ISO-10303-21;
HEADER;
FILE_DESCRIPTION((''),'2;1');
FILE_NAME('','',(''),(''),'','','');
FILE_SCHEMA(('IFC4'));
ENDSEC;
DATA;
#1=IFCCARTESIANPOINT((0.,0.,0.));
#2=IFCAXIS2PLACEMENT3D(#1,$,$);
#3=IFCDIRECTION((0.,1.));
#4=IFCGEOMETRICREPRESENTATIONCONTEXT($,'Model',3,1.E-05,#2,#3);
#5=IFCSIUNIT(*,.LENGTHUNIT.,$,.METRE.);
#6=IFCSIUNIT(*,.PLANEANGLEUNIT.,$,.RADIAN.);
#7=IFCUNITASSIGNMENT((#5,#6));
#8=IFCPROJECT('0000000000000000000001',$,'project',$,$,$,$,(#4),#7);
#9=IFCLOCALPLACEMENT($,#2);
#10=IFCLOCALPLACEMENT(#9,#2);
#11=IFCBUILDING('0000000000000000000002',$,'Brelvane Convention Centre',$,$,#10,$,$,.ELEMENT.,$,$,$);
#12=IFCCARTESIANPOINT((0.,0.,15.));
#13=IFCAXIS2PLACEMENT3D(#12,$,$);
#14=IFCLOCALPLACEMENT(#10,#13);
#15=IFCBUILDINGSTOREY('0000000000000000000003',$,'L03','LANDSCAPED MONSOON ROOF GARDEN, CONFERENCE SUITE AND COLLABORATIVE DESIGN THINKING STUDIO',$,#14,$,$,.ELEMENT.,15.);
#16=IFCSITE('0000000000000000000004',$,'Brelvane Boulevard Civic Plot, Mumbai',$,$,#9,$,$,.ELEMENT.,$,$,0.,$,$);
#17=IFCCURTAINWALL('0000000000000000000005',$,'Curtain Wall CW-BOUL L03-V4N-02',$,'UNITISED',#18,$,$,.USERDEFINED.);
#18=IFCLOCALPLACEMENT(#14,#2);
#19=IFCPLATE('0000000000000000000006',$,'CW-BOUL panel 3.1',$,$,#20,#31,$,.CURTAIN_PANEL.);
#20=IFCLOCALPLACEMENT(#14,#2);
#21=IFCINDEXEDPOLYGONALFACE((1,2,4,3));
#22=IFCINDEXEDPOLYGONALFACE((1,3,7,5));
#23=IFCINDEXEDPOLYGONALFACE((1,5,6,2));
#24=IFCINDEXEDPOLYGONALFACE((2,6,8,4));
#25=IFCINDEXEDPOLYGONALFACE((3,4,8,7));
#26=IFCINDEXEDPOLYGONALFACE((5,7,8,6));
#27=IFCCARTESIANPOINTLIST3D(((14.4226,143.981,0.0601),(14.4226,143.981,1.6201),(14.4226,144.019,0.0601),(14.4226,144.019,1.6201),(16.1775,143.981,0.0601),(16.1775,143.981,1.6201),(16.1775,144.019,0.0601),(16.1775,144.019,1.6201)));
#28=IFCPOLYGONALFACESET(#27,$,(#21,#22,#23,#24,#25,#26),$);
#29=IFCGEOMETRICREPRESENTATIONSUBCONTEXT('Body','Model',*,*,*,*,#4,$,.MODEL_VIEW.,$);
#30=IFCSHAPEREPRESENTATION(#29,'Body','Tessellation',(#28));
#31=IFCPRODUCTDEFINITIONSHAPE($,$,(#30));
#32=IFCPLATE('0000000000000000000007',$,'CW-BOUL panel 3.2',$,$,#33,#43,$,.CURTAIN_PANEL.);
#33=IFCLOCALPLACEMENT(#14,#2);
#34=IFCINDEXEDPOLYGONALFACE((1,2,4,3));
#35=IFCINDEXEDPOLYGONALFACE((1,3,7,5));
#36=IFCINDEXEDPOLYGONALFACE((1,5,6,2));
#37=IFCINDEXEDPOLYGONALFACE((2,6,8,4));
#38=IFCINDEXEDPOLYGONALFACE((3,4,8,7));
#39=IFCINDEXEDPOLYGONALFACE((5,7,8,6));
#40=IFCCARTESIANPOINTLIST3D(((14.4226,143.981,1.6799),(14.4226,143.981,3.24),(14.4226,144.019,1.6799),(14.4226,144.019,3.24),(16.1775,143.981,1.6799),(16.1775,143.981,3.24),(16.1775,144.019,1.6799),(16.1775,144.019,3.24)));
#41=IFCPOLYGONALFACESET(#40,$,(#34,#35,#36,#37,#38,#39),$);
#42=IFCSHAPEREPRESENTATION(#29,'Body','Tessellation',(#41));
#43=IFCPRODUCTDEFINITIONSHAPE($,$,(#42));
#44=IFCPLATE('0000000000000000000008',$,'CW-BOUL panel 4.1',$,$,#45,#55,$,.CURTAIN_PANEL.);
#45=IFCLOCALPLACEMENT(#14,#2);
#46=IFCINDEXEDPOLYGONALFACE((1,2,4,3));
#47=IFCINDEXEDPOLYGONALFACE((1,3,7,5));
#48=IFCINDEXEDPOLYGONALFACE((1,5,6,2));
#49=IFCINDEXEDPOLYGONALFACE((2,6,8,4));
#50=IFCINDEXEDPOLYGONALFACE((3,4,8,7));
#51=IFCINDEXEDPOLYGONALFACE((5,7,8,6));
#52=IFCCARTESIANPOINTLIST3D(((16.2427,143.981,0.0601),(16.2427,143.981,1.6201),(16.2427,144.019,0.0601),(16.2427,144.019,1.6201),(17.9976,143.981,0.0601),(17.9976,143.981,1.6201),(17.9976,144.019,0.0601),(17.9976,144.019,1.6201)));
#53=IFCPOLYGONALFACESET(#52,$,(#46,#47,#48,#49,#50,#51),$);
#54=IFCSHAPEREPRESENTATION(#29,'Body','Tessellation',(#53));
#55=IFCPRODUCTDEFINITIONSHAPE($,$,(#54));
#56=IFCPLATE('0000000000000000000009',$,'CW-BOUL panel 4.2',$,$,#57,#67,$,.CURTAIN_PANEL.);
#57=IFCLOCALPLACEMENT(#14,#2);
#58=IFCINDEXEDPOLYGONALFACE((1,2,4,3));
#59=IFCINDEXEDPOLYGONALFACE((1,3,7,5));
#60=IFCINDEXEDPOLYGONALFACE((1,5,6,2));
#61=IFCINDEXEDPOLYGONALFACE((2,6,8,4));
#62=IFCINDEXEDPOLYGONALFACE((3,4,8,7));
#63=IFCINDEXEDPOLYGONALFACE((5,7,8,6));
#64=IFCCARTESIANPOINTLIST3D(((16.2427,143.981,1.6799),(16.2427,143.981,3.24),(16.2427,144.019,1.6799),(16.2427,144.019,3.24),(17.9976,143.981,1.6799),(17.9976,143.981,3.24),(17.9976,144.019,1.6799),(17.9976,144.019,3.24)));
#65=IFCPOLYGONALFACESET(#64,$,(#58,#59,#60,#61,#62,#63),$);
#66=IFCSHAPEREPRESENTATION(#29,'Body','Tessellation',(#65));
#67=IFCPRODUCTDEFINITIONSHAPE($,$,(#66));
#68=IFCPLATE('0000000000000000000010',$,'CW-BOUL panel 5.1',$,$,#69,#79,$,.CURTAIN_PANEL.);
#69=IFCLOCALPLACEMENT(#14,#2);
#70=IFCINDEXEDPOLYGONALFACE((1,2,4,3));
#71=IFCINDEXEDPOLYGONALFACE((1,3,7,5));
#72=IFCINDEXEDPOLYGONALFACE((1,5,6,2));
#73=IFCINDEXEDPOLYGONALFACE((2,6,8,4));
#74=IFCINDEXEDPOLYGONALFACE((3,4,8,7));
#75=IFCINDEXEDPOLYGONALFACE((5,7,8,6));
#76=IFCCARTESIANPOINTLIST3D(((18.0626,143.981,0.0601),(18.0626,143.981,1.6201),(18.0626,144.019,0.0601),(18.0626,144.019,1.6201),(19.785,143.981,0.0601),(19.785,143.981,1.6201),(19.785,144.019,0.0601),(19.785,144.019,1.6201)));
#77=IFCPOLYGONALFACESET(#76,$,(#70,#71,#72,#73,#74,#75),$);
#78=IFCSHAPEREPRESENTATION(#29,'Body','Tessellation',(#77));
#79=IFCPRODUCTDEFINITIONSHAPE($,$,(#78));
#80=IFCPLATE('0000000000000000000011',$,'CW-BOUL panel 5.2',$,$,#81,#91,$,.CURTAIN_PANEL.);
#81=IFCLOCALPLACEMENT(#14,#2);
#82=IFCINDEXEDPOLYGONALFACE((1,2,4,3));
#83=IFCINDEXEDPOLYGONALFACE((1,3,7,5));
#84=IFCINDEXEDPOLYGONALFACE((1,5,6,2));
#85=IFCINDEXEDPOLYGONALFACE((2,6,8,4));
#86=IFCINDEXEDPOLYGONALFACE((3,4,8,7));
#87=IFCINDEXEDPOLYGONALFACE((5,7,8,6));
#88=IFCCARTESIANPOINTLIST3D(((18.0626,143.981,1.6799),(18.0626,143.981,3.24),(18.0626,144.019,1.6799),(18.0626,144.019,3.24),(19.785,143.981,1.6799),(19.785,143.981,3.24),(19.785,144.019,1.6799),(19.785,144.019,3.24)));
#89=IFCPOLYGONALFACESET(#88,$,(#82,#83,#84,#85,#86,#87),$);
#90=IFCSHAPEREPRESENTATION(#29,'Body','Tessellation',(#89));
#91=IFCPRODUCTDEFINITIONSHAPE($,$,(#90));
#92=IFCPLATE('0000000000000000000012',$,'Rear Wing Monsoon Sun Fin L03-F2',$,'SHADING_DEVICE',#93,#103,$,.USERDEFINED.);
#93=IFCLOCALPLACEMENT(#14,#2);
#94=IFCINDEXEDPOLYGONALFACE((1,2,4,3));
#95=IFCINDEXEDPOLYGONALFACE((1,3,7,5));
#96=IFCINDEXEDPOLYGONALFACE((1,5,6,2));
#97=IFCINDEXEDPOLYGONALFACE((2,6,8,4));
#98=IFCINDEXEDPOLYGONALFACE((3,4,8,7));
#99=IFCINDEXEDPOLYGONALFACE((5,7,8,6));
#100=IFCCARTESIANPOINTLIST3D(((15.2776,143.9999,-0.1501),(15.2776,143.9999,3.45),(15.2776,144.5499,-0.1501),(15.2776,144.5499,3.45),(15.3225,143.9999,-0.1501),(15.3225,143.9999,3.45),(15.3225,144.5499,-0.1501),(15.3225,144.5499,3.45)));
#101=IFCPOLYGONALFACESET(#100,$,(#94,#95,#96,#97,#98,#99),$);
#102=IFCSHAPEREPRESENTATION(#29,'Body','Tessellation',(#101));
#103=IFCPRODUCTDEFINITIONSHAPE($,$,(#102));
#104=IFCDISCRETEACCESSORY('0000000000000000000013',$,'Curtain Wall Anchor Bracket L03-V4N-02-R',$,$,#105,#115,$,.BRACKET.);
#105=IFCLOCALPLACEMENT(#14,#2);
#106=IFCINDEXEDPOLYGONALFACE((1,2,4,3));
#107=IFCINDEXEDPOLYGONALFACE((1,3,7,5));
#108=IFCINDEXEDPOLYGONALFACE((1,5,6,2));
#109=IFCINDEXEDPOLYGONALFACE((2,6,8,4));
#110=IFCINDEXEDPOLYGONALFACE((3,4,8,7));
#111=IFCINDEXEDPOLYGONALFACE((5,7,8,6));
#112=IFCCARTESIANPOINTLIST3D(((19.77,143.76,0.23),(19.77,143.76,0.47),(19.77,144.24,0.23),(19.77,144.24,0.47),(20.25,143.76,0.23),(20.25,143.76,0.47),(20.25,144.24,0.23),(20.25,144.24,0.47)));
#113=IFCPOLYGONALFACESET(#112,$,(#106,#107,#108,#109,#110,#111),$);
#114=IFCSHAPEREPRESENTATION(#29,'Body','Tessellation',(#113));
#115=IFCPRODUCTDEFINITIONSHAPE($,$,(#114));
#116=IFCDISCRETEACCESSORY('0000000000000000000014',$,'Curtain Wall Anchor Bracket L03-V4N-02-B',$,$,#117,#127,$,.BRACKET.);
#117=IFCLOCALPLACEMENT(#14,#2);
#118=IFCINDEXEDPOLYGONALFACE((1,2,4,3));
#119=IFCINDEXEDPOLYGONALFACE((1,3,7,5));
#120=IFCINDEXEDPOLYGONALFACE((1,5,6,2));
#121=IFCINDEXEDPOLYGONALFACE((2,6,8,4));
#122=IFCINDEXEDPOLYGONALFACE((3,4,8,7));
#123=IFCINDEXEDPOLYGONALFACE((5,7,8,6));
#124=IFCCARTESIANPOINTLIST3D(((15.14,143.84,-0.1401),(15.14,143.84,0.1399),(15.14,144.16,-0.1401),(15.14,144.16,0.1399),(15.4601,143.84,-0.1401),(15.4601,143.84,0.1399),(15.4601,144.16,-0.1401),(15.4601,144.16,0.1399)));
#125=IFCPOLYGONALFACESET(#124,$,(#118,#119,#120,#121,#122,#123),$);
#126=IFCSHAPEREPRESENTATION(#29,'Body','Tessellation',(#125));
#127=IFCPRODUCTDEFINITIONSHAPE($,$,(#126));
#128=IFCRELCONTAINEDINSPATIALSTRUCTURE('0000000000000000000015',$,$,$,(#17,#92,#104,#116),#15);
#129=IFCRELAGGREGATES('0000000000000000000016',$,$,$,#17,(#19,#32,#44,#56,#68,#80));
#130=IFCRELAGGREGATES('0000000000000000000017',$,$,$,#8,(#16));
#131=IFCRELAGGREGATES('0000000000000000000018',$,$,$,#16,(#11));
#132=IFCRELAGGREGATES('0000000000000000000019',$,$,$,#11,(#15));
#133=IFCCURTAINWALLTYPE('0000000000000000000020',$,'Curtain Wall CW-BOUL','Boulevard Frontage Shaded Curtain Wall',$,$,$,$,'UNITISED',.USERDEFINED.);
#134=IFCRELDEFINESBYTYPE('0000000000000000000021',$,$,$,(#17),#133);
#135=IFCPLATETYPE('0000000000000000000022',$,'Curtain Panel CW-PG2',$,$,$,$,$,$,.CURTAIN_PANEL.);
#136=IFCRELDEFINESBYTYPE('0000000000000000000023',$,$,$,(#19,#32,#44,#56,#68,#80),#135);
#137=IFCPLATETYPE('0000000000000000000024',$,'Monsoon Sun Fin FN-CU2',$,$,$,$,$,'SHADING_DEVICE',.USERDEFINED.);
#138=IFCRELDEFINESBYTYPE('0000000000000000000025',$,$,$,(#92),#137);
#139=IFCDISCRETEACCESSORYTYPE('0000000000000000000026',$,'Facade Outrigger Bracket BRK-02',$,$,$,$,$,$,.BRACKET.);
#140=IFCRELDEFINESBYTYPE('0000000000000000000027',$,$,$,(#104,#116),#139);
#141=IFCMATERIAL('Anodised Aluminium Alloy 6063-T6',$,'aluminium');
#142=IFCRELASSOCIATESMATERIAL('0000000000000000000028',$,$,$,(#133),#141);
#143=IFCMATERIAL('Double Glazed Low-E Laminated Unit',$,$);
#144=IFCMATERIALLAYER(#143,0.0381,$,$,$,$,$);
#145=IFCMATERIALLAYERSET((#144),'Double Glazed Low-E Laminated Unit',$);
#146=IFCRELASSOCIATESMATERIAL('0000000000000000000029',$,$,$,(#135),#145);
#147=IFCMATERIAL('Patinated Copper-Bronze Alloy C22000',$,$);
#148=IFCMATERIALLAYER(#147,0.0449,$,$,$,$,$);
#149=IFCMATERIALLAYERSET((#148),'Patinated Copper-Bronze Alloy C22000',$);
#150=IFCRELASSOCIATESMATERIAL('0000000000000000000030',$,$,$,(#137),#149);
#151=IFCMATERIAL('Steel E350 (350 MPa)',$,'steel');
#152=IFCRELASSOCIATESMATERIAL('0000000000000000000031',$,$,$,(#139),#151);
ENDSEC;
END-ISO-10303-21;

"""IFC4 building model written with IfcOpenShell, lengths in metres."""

from ifc_helpers import new_model, si_unit, direction, frame, origin, origin_2d, place, context, subcontext, project, spatial, rectangle, extrude, material, layer, layer_set, type_object, element, aggregate, save


model = new_model("IFC4")

# Units and contexts
model_context = context("Model", 3, precision=1e-05, world=origin(), true_north=direction((0.0, 1.0)))
body_context = subcontext(model_context, "Body", "Model", "MODEL_VIEW")
ifc_project = project(units=[si_unit("LENGTHUNIT", "METRE"), si_unit("PLANEANGLEUNIT", "RADIAN")], contexts=[model_context])

# Site, building, storey
site_placement = place(None, origin())
site = spatial("IfcSite", under=ifc_project, at=site_placement, Name="Brelvane Boulevard Civic Plot, Mumbai", CompositionType="ELEMENT", RefElevation=0.0)
building_placement = place(site_placement, origin())
building = spatial("IfcBuilding", under=site, at=building_placement, Name="Brelvane Convention Centre", CompositionType="ELEMENT")
storey_placement = place(building_placement, frame((0.0, 0.0, 15.0)))
storey = spatial("IfcBuildingStorey", under=building, at=storey_placement, Name="L03", Description="LANDSCAPED MONSOON ROOF GARDEN, CONFERENCE SUITE AND COLLABORATIVE DESIGN THINKING STUDIO", CompositionType="ELEMENT", Elevation=15.0)

# Curtain wall
ifc_material_1 = material(Name="Anodised Aluminium Alloy 6063-T6", Category="aluminium")
curtain_wall_type = type_object("IfcCurtainWallType", Name="Curtain Wall CW-BOUL", Description="Boulevard Frontage Shaded Curtain Wall", ElementType="UNITISED", PredefinedType="USERDEFINED", material=ifc_material_1)
curtain_wall_placement = place(storey_placement, origin())
curtain_wall = element("IfcCurtainWall", 1, at=curtain_wall_placement, inside=storey, type_object=curtain_wall_type, Name="Curtain Wall CW-BOUL L03-V4N-02", ObjectType="UNITISED", PredefinedType="USERDEFINED")

# Plates
ifc_material_2 = material(Name="Double Glazed Low-E Laminated Unit")
ifc_layer_1 = layer(ifc_material_2, 0.0381)
ifc_layer_set_1 = layer_set([ifc_layer_1], Name="Double Glazed Low-E Laminated Unit")
plate_type_1 = type_object("IfcPlateType", Name="Curtain Panel CW-PG2", PredefinedType="CURTAIN_PANEL", material=ifc_layer_set_1)
plate_1_placement = place(storey_placement, frame((15.3, 144.0, 0.0601), z_axis=(0.0, 0.0, 1.0), x_axis=(1.0, 0.0, 0.0)))
plate_1 = element("IfcPlate", 2, at=plate_1_placement, type_object=plate_type_1, Name="CW-BOUL panel 3.1", PredefinedType="CURTAIN_PANEL", context=body_context, shape_type="SweptSolid", body=[
    extrude(rectangle(XDim=1.7549, YDim=0.0381, at=origin_2d()), origin(), (0.0, 0.0, 1.0), 1.5601),
])
plate_2_placement = place(storey_placement, frame((15.3, 144.0, 1.6799), z_axis=(0.0, 0.0, 1.0), x_axis=(1.0, 0.0, 0.0)))
plate_2 = element("IfcPlate", 3, at=plate_2_placement, type_object=plate_type_1, Name="CW-BOUL panel 3.2", PredefinedType="CURTAIN_PANEL", context=body_context, shape_type="SweptSolid", body=[
    extrude(rectangle(XDim=1.7549, YDim=0.0381, at=origin_2d()), origin(), (0.0, 0.0, 1.0), 1.5601),
])
plate_3_placement = place(storey_placement, frame((17.1201, 144.0, 0.0601), z_axis=(0.0, 0.0, 1.0), x_axis=(1.0, 0.0, 0.0)))
plate_3 = element("IfcPlate", 4, at=plate_3_placement, type_object=plate_type_1, Name="CW-BOUL panel 4.1", PredefinedType="CURTAIN_PANEL", context=body_context, shape_type="SweptSolid", body=[
    extrude(rectangle(XDim=1.7549, YDim=0.0381, at=origin_2d()), origin(), (0.0, 0.0, 1.0), 1.5601),
])
plate_4_placement = place(storey_placement, frame((17.1201, 144.0, 1.6799), z_axis=(0.0, 0.0, 1.0), x_axis=(1.0, 0.0, 0.0)))
plate_4 = element("IfcPlate", 5, at=plate_4_placement, type_object=plate_type_1, Name="CW-BOUL panel 4.2", PredefinedType="CURTAIN_PANEL", context=body_context, shape_type="SweptSolid", body=[
    extrude(rectangle(XDim=1.7549, YDim=0.0381, at=origin_2d()), origin(), (0.0, 0.0, 1.0), 1.5601),
])
plate_5_placement = place(storey_placement, frame((18.9238, 144.0, 0.0601), z_axis=(0.0, 0.0, 1.0), x_axis=(1.0, 0.0, 0.0)))
plate_5 = element("IfcPlate", 6, at=plate_5_placement, type_object=plate_type_1, Name="CW-BOUL panel 5.1", PredefinedType="CURTAIN_PANEL", context=body_context, shape_type="SweptSolid", body=[
    extrude(rectangle(XDim=1.7224, YDim=0.0381, at=origin_2d()), origin(), (0.0, 0.0, 1.0), 1.5601),
])
plate_6_placement = place(storey_placement, frame((18.9238, 144.0, 1.6799), z_axis=(0.0, 0.0, 1.0), x_axis=(1.0, 0.0, 0.0)))
plate_6 = element("IfcPlate", 7, at=plate_6_placement, type_object=plate_type_1, Name="CW-BOUL panel 5.2", PredefinedType="CURTAIN_PANEL", context=body_context, shape_type="SweptSolid", body=[
    extrude(rectangle(XDim=1.7224, YDim=0.0381, at=origin_2d()), origin(), (0.0, 0.0, 1.0), 1.5601),
])
aggregate(curtain_wall, [plate_1, plate_2, plate_3, plate_4, plate_5, plate_6])
ifc_material_3 = material(Name="Patinated Copper-Bronze Alloy C22000")
ifc_layer_2 = layer(ifc_material_3, 0.0449)
ifc_layer_set_2 = layer_set([ifc_layer_2], Name="Patinated Copper-Bronze Alloy C22000")
plate_type_2 = type_object("IfcPlateType", Name="Monsoon Sun Fin FN-CU2", ElementType="SHADING_DEVICE", PredefinedType="USERDEFINED", material=ifc_layer_set_2)
plate_7_placement = place(storey_placement, frame((15.3, 144.2749, -0.1501), z_axis=(0.0, 0.0, 1.0), x_axis=(1.0, 0.0, 0.0)))
element("IfcPlate", 8, at=plate_7_placement, inside=storey, type_object=plate_type_2, Name="Rear Wing Monsoon Sun Fin L03-F2", ObjectType="SHADING_DEVICE", PredefinedType="USERDEFINED", context=body_context, shape_type="SweptSolid", body=[
    extrude(rectangle(XDim=0.0449, YDim=0.55, at=origin_2d()), origin(), (0.0, 0.0, 1.0), 3.6001),
])

# Discrete accessories
ifc_material_4 = material(Name="Steel E350 (350 MPa)", Category="steel")
discrete_accessory_type = type_object("IfcDiscreteAccessoryType", Name="Facade Outrigger Bracket BRK-02", PredefinedType="BRACKET", material=ifc_material_4)
discrete_accessory_1_placement = place(storey_placement, frame((20.01, 144.0, 0.23), z_axis=(0.0, 0.0, 1.0), x_axis=(1.0, 0.0, 0.0)))
element("IfcDiscreteAccessory", 9, at=discrete_accessory_1_placement, inside=storey, type_object=discrete_accessory_type, Name="Curtain Wall Anchor Bracket L03-V4N-02-R", PredefinedType="BRACKET", context=body_context, shape_type="SweptSolid", body=[
    extrude(rectangle(XDim=0.48, YDim=0.48, at=origin_2d()), origin(), (0.0, 0.0, 1.0), 0.24),
])
discrete_accessory_2_placement = place(storey_placement, frame((15.3, 144.0, -0.1401), z_axis=(0.0, 0.0, 1.0), x_axis=(1.0, 0.0, 0.0)))
element("IfcDiscreteAccessory", 10, at=discrete_accessory_2_placement, inside=storey, type_object=discrete_accessory_type, Name="Curtain Wall Anchor Bracket L03-V4N-02-B", PredefinedType="BRACKET", context=body_context, shape_type="SweptSolid", body=[
    extrude(rectangle(XDim=0.3201, YDim=0.3201, at=origin_2d()), origin(), (0.0, 0.0, 1.0), 0.28),
])

save(model, "model.ifc")
